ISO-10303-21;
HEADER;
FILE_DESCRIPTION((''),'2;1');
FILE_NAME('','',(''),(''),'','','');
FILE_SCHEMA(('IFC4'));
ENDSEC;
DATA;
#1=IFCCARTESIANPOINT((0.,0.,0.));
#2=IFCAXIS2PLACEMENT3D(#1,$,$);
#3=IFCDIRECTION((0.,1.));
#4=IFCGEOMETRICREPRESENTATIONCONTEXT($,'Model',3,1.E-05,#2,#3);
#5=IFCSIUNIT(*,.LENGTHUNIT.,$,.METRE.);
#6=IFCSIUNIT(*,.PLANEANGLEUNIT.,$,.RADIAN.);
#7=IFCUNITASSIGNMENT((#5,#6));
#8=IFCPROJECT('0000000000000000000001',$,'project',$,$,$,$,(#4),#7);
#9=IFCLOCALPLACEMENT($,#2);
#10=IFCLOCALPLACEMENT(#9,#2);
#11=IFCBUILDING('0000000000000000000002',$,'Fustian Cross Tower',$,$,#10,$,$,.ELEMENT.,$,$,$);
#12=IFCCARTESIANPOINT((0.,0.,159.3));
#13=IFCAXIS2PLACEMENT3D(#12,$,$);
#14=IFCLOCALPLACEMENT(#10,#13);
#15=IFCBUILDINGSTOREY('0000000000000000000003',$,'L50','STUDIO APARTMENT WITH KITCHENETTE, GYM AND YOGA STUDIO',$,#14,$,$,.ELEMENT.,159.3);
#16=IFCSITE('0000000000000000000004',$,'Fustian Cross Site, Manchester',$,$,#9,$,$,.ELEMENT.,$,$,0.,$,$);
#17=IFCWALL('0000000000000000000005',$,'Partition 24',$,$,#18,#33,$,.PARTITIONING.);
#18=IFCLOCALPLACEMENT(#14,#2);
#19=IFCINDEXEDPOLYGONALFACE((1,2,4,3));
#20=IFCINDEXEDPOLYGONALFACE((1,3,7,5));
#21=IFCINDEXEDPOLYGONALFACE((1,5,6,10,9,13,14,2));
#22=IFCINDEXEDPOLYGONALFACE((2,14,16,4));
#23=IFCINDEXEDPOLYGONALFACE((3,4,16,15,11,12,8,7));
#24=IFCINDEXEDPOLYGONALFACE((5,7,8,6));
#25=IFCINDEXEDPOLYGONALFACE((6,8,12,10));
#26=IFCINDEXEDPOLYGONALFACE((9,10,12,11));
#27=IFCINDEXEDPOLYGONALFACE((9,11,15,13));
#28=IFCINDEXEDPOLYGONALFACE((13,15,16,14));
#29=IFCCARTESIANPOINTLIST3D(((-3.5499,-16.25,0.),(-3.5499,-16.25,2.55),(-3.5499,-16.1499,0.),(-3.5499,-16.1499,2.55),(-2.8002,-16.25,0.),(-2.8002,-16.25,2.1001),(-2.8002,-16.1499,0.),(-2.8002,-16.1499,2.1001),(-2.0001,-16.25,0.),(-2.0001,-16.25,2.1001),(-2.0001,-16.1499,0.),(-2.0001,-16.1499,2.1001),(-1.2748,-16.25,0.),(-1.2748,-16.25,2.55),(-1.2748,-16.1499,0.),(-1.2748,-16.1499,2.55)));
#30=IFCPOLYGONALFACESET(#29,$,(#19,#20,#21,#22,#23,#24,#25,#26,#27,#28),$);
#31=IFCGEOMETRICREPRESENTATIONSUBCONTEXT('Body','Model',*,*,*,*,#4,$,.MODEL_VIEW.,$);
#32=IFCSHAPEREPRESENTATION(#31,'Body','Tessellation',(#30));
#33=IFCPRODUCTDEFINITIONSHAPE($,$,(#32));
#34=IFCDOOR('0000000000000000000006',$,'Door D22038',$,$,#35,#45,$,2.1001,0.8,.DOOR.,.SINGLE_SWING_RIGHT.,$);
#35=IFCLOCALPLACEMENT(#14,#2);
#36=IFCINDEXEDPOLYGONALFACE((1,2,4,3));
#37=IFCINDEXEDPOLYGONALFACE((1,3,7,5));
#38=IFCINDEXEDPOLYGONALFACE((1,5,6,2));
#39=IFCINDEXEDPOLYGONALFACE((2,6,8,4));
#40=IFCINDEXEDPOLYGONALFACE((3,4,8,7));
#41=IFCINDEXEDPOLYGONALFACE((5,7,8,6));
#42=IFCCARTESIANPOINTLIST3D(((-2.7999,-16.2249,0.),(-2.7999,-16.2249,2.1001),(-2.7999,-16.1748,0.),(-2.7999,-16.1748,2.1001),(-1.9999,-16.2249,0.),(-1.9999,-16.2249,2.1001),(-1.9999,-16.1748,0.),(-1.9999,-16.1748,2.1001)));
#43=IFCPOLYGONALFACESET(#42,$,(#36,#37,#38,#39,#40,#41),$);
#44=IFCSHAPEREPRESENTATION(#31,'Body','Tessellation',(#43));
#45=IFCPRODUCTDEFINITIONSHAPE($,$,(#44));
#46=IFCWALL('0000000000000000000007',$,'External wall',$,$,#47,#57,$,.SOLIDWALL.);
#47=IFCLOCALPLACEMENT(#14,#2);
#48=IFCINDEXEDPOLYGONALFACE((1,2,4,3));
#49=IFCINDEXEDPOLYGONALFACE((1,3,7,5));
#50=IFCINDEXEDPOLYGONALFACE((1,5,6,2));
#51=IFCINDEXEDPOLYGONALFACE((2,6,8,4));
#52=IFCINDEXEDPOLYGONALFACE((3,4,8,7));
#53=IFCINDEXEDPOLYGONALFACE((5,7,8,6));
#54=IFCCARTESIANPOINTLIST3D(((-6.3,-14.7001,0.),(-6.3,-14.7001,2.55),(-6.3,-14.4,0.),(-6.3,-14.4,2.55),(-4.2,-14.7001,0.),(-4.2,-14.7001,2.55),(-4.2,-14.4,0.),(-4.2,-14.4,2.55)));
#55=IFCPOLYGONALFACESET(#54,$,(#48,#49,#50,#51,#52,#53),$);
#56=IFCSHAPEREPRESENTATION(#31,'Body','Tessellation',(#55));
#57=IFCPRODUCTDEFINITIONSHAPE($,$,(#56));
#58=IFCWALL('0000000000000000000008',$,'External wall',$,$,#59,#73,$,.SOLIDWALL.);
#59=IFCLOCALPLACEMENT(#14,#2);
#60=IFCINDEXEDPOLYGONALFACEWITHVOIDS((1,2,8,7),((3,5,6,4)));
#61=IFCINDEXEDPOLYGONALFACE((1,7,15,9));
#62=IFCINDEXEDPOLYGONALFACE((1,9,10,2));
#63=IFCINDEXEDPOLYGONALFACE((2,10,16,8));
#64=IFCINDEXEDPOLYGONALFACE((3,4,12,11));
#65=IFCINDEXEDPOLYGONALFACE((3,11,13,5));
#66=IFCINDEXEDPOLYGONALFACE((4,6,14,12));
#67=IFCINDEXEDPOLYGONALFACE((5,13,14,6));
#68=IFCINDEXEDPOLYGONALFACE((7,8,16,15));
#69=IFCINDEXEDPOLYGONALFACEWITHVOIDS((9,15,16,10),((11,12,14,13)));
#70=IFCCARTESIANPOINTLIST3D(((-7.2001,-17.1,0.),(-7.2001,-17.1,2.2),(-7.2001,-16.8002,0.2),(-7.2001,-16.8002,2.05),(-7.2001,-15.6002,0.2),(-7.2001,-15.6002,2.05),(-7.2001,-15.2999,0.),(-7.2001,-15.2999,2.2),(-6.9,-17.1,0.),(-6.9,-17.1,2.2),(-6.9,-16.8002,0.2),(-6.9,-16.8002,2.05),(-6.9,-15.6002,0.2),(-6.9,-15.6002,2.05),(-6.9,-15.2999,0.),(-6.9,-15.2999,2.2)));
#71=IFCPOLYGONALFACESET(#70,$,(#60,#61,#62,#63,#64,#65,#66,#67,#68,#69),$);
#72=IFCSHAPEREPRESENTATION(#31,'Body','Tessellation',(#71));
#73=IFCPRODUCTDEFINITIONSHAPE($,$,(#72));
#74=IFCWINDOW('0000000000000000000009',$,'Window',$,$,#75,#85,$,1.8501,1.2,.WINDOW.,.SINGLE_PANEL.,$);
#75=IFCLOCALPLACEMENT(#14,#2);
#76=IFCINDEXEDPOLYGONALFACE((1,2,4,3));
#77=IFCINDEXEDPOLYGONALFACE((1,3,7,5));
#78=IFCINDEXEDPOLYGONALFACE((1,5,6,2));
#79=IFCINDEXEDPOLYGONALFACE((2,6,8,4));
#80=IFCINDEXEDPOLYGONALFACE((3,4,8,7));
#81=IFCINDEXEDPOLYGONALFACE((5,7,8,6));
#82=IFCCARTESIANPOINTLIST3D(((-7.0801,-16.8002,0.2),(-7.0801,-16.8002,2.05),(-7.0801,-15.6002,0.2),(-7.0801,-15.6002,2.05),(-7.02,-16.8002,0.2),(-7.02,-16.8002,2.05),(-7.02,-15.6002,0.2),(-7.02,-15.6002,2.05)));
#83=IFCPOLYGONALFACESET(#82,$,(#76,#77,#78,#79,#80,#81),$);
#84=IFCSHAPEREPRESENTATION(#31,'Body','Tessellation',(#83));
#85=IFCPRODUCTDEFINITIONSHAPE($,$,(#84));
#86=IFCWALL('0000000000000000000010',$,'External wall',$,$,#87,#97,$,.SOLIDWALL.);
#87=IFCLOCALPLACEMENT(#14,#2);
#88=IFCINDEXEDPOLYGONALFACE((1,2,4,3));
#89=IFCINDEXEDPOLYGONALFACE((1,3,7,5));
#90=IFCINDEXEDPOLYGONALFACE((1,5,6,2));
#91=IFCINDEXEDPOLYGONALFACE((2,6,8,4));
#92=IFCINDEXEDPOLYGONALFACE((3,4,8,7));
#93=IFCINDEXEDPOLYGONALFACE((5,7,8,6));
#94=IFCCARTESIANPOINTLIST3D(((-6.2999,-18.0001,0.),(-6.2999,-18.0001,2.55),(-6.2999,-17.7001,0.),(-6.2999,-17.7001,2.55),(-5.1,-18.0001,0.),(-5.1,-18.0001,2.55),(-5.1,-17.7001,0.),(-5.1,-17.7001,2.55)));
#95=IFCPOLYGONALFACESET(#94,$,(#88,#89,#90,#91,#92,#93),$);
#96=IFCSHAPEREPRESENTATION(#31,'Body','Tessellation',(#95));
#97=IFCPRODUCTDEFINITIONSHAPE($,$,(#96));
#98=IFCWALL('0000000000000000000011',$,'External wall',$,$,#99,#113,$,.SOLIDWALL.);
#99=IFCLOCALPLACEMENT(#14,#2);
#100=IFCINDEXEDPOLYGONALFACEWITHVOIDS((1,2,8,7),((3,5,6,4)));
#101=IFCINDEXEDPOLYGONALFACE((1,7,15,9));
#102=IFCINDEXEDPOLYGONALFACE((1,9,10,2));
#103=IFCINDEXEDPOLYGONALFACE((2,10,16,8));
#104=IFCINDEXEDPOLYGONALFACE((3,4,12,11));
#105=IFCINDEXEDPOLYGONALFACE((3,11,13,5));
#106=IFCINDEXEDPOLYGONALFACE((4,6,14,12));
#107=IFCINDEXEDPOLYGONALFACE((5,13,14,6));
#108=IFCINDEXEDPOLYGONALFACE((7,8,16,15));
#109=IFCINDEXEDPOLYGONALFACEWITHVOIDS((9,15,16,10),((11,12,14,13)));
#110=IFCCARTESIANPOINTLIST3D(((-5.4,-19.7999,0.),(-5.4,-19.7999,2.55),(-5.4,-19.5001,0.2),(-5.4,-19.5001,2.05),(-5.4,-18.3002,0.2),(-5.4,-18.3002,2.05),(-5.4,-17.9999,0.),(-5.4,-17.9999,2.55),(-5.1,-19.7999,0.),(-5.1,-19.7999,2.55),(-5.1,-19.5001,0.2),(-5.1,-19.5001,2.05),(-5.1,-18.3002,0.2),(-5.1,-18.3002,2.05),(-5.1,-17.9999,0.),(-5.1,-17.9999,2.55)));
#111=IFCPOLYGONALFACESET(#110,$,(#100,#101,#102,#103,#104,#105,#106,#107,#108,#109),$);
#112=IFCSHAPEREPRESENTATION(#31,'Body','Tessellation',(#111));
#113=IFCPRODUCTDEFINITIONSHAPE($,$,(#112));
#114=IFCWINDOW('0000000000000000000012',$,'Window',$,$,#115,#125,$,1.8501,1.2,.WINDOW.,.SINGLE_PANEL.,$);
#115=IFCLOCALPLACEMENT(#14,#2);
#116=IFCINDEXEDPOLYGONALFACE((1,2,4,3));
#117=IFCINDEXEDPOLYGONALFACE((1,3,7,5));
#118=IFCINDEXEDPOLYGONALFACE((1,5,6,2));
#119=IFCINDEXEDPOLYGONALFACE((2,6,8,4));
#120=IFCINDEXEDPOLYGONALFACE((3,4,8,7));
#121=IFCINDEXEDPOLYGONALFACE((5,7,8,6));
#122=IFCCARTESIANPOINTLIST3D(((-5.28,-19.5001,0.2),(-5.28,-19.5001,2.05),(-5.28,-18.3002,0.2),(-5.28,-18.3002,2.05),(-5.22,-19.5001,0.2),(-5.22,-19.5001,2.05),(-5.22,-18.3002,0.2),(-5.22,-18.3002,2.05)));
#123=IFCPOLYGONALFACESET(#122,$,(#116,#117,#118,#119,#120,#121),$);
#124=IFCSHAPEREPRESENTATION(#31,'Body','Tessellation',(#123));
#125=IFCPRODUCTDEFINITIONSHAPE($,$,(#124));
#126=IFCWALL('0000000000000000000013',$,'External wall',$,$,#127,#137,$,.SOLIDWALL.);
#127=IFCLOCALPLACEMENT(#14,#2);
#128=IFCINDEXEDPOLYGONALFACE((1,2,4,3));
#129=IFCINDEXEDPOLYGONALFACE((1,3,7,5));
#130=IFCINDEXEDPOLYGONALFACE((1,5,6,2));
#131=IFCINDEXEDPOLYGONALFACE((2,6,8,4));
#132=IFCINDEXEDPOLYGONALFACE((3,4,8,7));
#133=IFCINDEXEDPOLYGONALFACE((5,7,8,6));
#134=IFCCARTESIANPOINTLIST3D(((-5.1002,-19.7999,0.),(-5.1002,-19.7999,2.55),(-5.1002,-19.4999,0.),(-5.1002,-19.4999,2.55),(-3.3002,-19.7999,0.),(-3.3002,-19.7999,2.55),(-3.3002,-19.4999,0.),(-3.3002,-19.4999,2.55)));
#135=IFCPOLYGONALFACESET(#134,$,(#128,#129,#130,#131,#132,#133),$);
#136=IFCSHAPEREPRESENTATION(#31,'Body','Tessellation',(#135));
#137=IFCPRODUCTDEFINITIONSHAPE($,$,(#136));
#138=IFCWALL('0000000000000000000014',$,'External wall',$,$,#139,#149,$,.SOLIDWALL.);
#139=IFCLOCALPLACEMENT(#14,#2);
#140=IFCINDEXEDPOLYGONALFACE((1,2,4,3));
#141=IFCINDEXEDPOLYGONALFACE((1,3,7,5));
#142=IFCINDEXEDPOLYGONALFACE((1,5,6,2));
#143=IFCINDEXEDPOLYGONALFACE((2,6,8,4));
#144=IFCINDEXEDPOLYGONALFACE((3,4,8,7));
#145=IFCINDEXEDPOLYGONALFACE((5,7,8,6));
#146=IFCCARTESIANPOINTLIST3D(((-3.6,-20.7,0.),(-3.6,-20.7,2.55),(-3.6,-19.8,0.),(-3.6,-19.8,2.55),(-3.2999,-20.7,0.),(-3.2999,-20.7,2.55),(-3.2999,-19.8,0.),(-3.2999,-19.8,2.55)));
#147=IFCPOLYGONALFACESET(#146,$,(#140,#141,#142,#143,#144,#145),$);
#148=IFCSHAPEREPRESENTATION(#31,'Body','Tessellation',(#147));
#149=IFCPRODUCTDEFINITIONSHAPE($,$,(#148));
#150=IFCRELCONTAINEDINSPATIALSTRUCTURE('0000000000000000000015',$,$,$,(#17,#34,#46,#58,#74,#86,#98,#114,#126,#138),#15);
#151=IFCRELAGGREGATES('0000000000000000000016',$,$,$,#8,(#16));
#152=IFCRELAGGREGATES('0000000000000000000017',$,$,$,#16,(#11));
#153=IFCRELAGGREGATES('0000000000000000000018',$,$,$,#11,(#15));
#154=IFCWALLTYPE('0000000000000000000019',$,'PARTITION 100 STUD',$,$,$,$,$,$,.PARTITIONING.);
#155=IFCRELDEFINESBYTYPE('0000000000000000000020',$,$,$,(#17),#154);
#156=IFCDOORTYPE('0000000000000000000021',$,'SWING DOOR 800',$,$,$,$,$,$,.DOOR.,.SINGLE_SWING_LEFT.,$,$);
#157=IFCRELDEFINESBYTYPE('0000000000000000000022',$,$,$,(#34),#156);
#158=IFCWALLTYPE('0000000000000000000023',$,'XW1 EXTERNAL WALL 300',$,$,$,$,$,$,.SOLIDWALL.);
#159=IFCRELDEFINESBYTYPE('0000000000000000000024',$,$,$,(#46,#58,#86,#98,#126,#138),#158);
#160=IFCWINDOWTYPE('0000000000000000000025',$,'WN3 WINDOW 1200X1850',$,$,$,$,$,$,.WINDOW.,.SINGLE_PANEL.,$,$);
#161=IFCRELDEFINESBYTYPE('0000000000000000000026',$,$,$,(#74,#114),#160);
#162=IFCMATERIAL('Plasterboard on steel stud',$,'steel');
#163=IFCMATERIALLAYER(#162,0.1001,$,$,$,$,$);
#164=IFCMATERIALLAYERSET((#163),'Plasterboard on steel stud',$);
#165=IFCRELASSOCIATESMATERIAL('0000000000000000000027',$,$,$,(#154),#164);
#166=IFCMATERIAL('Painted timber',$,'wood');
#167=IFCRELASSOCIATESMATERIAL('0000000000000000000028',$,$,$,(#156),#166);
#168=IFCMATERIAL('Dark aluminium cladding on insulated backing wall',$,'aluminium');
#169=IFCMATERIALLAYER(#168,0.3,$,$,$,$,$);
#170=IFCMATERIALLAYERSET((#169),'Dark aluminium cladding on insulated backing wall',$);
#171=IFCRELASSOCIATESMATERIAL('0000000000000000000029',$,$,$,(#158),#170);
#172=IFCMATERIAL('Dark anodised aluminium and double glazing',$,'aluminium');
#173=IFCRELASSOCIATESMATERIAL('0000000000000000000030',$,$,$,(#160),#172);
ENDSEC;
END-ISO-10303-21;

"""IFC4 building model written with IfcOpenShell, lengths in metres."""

from ifc_helpers import new_model, si_unit, direction, frame, frame_2d, origin, place, context, subcontext, project, spatial, rectangle, extrude, material, layer, layer_set, type_object, element, fill, save


model = new_model("IFC4")

# Units and contexts
model_context = context("Model", 3, precision=1e-05, world=origin(), true_north=direction((0.0, 1.0)))
body_context = subcontext(model_context, "Body", "Model", "MODEL_VIEW")
ifc_project = project(units=[si_unit("LENGTHUNIT", "METRE"), si_unit("PLANEANGLEUNIT", "RADIAN")], contexts=[model_context])

# Site, building, storey
site_placement = place(None, origin())
site = spatial("IfcSite", under=ifc_project, at=site_placement, Name="Fustian Cross Site, Manchester", CompositionType="ELEMENT", RefElevation=0.0)
building_placement = place(site_placement, origin())
building = spatial("IfcBuilding", under=site, at=building_placement, Name="Fustian Cross Tower", CompositionType="ELEMENT")
storey_placement = place(building_placement, frame((0.0, 0.0, 159.3)))
storey = spatial("IfcBuildingStorey", under=building, at=storey_placement, Name="L50", Description="STUDIO APARTMENT WITH KITCHENETTE, GYM AND YOGA STUDIO", CompositionType="ELEMENT", Elevation=159.3)

# Shared definitions
ifc_material_1 = material(Name="Plasterboard on steel stud", Category="steel")
ifc_layer_1 = layer(ifc_material_1, 0.1001)
ifc_layer_set_1 = layer_set([ifc_layer_1], Name="Plasterboard on steel stud")
wall_type_1 = type_object("IfcWallType", Name="PARTITION 100 STUD", PredefinedType="PARTITIONING", material=ifc_layer_set_1)

# Wall, opening, door
wall_1_placement = place(storey_placement, frame((-3.55, -16.2, 0.0), z_axis=(0.0, 0.0, 1.0), x_axis=(1.0, 0.0, 0.0)))
wall_1 = element("IfcWall", 1, at=wall_1_placement, inside=storey, type_object=wall_type_1, Name="Partition 24", PredefinedType="PARTITIONING", context=body_context, shape_type="SweptSolid", body=[
    extrude(rectangle(XDim=2.2751, YDim=0.1001, at=frame_2d((1.1377, 0.0))), origin(), (0.0, 0.0, 1.0), 2.55),
])
opening_1_placement = place(wall_1_placement, frame((0.75, 0.0, 0.0)))
opening_1 = element("IfcOpeningElement", 2, at=opening_1_placement, cuts=wall_1, PredefinedType="OPENING", context=body_context, shape_type="SweptSolid", body=[
    extrude(rectangle(XDim=0.8, YDim=2.1001, at=frame_2d((0.3999, 1.05))), frame((0.0, 0.0601, 0.0), z_axis=(0.0, -1.0, 0.0), x_axis=(1.0, 0.0, 0.0)), (0.0, 0.0, 1.0), 0.1201),
])
ifc_material_2 = material(Name="Painted timber", Category="wood")
door_type_1 = type_object("IfcDoorType", Name="SWING DOOR 800", OperationType="SINGLE_SWING_LEFT", PredefinedType="DOOR", material=ifc_material_2)
door_1_placement = place(opening_1_placement, frame((0.8, 0.0, 0.0), z_axis=(0.0, 0.0, 1.0), x_axis=(-1.0, 0.0, 0.0)))
door_1 = element("IfcDoor", 3, at=door_1_placement, inside=storey, type_object=door_type_1, Name="Door D22038", OperationType="SINGLE_SWING_RIGHT", OverallHeight=2.1001, OverallWidth=0.8, PredefinedType="DOOR", context=body_context, shape_type="SweptSolid", body=[
    extrude(rectangle(XDim=0.8, YDim=2.1001, at=frame_2d((0.3999, 1.05))), frame((0.0, 0.0249, 0.0), z_axis=(0.0, -1.0, 0.0), x_axis=(1.0, 0.0, 0.0)), (0.0, 0.0, 1.0), 0.05),
])
fill(opening_1, door_1)

# Wall
ifc_material_3 = material(Name="Dark aluminium cladding on insulated backing wall", Category="aluminium")
ifc_layer_2 = layer(ifc_material_3, 0.3)
ifc_layer_set_2 = layer_set([ifc_layer_2], Name="Dark aluminium cladding on insulated backing wall")
wall_type_2 = type_object("IfcWallType", Name="XW1 EXTERNAL WALL 300", PredefinedType="SOLIDWALL", material=ifc_layer_set_2)
wall_2_placement = place(storey_placement, frame((-4.2, -14.55, 0.0), z_axis=(0.0, 0.0, 1.0), x_axis=(-1.0, 0.0, 0.0)))
element("IfcWall", 4, at=wall_2_placement, inside=storey, type_object=wall_type_2, Name="External wall", PredefinedType="SOLIDWALL", context=body_context, shape_type="SweptSolid", body=[
    extrude(rectangle(XDim=2.1001, YDim=0.3, at=frame_2d((1.05, 0.0))), origin(), (0.0, 0.0, 1.0), 2.55),
])

# Wall, opening, window
wall_3_placement = place(storey_placement, frame((-7.05, -15.3, 0.0), z_axis=(0.0, 0.0, 1.0), x_axis=(0.0, -1.0, 0.0)))
wall_3 = element("IfcWall", 5, at=wall_3_placement, inside=storey, type_object=wall_type_2, Name="External wall", PredefinedType="SOLIDWALL", context=body_context, shape_type="SweptSolid", body=[
    extrude(rectangle(XDim=1.8, YDim=0.3, at=frame_2d((0.8999, 0.0))), origin(), (0.0, 0.0, 1.0), 2.2),
])
opening_2_placement = place(wall_3_placement, frame((0.3, 0.0, 0.2)))
opening_2 = element("IfcOpeningElement", 6, at=opening_2_placement, cuts=wall_3, PredefinedType="OPENING", context=body_context, shape_type="SweptSolid", body=[
    extrude(rectangle(XDim=1.2, YDim=1.8501, at=frame_2d((0.6001, 0.925))), frame((0.0, 0.1599, 0.0), z_axis=(0.0, -1.0, 0.0), x_axis=(1.0, 0.0, 0.0)), (0.0, 0.0, 1.0), 0.3201),
])
ifc_material_4 = material(Name="Dark anodised aluminium and double glazing", Category="aluminium")
window_type_1 = type_object("IfcWindowType", Name="WN3 WINDOW 1200X1850", PartitioningType="SINGLE_PANEL", PredefinedType="WINDOW", material=ifc_material_4)
window_1_placement = place(opening_2_placement, origin())
window_1 = element("IfcWindow", 7, at=window_1_placement, inside=storey, type_object=window_type_1, Name="Window", OverallHeight=1.8501, OverallWidth=1.2, PartitioningType="SINGLE_PANEL", PredefinedType="WINDOW", context=body_context, shape_type="SweptSolid", body=[
    extrude(rectangle(XDim=1.2, YDim=1.8501, at=frame_2d((0.6001, 0.925))), frame((0.0, 0.03, 0.0), z_axis=(0.0, -1.0, 0.0), x_axis=(1.0, 0.0, 0.0)), (0.0, 0.0, 1.0), 0.0601),
])
fill(opening_2, window_1)

# Wall
wall_4_placement = place(storey_placement, frame((-6.3, -17.8501, 0.0), z_axis=(0.0, 0.0, 1.0), x_axis=(1.0, 0.0, 0.0)))
element("IfcWall", 8, at=wall_4_placement, inside=storey, type_object=wall_type_2, Name="External wall", PredefinedType="SOLIDWALL", context=body_context, shape_type="SweptSolid", body=[
    extrude(rectangle(XDim=1.2, YDim=0.3, at=frame_2d((0.6001, 0.0))), origin(), (0.0, 0.0, 1.0), 2.55),
])

# Wall, opening, window
wall_5_placement = place(storey_placement, frame((-5.25, -18.0, 0.0), z_axis=(0.0, 0.0, 1.0), x_axis=(0.0, -1.0, 0.0)))
wall_5 = element("IfcWall", 9, at=wall_5_placement, inside=storey, type_object=wall_type_2, Name="External wall", PredefinedType="SOLIDWALL", context=body_context, shape_type="SweptSolid", body=[
    extrude(rectangle(XDim=1.8, YDim=0.3, at=frame_2d((0.8999, 0.0))), origin(), (0.0, 0.0, 1.0), 2.55),
])
opening_3_placement = place(wall_5_placement, frame((0.3, 0.0, 0.2)))
opening_3 = element("IfcOpeningElement", 10, at=opening_3_placement, cuts=wall_5, PredefinedType="OPENING", context=body_context, shape_type="SweptSolid", body=[
    extrude(rectangle(XDim=1.2, YDim=1.8501, at=frame_2d((0.6001, 0.925))), frame((0.0, 0.1599, 0.0), z_axis=(0.0, -1.0, 0.0), x_axis=(1.0, 0.0, 0.0)), (0.0, 0.0, 1.0), 0.3201),
])
window_2_placement = place(opening_3_placement, origin())
window_2 = element("IfcWindow", 11, at=window_2_placement, inside=storey, type_object=window_type_1, Name="Window", OverallHeight=1.8501, OverallWidth=1.2, PartitioningType="SINGLE_PANEL", PredefinedType="WINDOW", context=body_context, shape_type="SweptSolid", body=[
    extrude(rectangle(XDim=1.2, YDim=1.8501, at=frame_2d((0.6001, 0.925))), frame((0.0, 0.03, 0.0), z_axis=(0.0, -1.0, 0.0), x_axis=(1.0, 0.0, 0.0)), (0.0, 0.0, 1.0), 0.0601),
])
fill(opening_3, window_2)

# Walls
wall_6_placement = place(storey_placement, frame((-5.1001, -19.6499, 0.0), z_axis=(0.0, 0.0, 1.0), x_axis=(1.0, 0.0, 0.0)))
element("IfcWall", 12, at=wall_6_placement, inside=storey, type_object=wall_type_2, Name="External wall", PredefinedType="SOLIDWALL", context=body_context, shape_type="SweptSolid", body=[
    extrude(rectangle(XDim=1.8, YDim=0.3, at=frame_2d((0.8999, 0.0))), origin(), (0.0, 0.0, 1.0), 2.55),
])
wall_7_placement = place(storey_placement, frame((-3.45, -19.8, 0.0), z_axis=(0.0, 0.0, 1.0), x_axis=(0.0, -1.0, 0.0)))
element("IfcWall", 13, at=wall_7_placement, inside=storey, type_object=wall_type_2, Name="External wall", PredefinedType="SOLIDWALL", context=body_context, shape_type="SweptSolid", body=[
    extrude(rectangle(XDim=0.8999, YDim=0.3, at=frame_2d((0.45, 0.0))), origin(), (0.0, 0.0, 1.0), 2.55),
])

save(model, "model.ifc")
